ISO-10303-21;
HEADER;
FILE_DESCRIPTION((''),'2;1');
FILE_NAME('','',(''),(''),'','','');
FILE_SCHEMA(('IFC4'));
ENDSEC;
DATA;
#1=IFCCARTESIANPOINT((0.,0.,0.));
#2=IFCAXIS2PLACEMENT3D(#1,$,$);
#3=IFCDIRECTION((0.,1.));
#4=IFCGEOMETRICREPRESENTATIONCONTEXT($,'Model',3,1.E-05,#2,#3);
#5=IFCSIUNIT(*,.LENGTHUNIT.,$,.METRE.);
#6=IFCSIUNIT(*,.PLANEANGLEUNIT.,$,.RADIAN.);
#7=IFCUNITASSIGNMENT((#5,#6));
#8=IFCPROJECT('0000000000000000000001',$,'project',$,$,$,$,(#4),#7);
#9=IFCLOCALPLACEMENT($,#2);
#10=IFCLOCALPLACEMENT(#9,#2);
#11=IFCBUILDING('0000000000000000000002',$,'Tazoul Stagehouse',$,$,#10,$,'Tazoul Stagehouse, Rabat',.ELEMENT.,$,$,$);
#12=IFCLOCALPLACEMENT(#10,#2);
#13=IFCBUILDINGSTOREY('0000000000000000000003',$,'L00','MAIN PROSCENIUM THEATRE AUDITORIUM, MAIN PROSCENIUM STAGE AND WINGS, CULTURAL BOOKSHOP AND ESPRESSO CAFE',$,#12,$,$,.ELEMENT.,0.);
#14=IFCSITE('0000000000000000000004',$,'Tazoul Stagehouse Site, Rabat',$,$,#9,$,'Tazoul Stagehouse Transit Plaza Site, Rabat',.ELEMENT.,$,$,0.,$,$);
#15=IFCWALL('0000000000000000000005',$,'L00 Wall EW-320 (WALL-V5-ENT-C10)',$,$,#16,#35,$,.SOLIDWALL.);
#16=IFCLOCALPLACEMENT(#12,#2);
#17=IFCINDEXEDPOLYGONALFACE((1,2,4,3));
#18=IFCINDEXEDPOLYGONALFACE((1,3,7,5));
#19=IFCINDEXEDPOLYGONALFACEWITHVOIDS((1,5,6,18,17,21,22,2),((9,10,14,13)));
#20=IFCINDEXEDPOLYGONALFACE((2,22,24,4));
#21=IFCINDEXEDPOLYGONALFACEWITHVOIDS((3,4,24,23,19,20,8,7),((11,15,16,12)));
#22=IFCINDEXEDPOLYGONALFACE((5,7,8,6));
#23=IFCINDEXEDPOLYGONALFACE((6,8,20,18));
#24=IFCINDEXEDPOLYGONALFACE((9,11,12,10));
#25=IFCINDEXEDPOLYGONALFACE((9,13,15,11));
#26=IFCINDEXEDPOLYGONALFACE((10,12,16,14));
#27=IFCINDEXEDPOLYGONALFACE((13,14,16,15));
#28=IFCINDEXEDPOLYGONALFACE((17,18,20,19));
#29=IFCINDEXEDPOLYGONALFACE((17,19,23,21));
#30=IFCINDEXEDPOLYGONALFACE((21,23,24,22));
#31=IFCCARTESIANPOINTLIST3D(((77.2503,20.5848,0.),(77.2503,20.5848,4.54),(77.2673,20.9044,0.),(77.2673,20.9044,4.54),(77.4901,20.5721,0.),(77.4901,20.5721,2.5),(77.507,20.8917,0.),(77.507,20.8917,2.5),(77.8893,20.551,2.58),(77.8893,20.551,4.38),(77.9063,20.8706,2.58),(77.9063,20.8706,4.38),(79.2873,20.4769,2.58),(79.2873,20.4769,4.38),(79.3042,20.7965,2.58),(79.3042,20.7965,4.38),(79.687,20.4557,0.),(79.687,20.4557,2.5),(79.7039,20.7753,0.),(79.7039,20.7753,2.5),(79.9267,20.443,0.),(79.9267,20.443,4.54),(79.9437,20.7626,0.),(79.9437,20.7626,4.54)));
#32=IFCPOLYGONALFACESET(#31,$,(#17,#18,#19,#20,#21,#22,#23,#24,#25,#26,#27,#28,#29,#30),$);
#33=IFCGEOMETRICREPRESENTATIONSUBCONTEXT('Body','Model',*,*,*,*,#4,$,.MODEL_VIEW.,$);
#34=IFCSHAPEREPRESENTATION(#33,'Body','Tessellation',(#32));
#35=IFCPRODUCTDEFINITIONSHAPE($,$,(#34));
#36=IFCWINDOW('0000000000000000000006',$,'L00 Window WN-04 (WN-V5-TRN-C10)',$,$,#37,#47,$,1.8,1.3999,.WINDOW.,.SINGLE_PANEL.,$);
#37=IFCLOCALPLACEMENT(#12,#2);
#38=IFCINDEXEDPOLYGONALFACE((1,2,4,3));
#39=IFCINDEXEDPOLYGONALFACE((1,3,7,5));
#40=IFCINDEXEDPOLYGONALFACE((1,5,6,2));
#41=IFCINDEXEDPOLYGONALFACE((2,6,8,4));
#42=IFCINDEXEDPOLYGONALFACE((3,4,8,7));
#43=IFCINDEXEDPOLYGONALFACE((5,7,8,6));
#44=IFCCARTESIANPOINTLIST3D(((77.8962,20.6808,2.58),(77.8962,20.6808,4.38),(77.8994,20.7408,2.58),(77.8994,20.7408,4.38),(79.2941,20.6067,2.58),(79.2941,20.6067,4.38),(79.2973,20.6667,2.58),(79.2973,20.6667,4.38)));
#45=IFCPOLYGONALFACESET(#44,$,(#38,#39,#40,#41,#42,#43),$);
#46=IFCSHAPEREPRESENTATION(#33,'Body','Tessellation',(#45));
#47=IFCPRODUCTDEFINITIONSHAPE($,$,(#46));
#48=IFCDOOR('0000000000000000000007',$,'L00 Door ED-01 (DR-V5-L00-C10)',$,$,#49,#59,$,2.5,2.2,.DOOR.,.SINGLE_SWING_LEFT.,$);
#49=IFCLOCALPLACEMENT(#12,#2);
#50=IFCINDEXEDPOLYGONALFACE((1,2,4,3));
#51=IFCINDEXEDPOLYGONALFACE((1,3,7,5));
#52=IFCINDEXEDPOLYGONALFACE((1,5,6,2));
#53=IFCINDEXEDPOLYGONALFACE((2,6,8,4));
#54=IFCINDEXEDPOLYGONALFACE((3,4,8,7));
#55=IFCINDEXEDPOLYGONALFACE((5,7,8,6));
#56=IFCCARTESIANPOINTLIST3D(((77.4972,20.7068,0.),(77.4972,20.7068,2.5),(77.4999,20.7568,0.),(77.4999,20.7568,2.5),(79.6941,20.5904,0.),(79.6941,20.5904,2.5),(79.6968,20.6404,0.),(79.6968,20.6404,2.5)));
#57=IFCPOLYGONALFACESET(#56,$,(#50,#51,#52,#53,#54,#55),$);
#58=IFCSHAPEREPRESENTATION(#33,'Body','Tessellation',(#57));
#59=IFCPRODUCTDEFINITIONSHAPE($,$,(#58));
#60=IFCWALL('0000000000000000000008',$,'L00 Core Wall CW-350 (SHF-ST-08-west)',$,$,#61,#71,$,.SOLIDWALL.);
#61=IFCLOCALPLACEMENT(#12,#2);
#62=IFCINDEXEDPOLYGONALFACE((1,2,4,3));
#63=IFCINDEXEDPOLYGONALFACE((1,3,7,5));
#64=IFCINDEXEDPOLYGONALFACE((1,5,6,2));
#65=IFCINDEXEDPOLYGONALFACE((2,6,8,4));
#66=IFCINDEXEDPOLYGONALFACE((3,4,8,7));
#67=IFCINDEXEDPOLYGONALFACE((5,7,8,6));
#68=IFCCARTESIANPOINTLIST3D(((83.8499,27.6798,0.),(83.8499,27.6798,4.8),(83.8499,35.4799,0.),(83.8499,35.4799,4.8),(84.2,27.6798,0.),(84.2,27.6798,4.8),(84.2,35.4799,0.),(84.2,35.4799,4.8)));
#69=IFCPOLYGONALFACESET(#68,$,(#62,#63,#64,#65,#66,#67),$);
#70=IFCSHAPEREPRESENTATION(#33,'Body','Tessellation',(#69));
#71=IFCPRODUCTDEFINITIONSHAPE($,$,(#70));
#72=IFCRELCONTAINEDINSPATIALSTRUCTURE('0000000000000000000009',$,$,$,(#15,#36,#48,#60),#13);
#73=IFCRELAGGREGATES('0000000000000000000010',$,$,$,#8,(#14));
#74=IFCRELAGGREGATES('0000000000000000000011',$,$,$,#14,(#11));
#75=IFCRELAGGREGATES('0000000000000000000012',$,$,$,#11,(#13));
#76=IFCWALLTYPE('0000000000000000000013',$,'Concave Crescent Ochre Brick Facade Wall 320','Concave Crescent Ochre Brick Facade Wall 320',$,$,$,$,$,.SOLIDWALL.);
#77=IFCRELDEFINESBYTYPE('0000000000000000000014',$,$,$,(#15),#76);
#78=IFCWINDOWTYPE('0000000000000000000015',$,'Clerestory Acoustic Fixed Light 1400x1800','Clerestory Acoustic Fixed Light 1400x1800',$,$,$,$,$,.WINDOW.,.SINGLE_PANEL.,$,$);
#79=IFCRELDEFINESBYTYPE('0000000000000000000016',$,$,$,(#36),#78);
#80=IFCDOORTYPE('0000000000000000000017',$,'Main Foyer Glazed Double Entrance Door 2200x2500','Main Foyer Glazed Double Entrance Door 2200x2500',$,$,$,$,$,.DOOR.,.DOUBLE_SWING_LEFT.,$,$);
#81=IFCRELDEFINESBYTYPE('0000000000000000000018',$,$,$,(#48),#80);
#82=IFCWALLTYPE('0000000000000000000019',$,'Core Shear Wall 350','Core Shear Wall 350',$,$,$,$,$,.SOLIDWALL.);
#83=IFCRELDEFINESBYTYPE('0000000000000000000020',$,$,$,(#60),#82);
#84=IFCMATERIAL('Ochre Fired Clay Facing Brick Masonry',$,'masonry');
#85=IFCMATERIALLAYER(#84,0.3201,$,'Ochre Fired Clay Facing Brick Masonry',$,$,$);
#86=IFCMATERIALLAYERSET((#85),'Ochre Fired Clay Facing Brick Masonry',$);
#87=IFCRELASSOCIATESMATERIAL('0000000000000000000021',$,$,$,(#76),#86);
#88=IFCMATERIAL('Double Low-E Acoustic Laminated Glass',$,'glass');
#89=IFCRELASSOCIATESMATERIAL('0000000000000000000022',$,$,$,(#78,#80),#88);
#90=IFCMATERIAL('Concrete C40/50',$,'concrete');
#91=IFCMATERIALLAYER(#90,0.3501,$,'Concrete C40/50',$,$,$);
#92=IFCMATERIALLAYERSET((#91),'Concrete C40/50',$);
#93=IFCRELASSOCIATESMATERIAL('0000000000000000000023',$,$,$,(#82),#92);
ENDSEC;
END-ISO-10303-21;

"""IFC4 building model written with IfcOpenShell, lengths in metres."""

from ifc_helpers import new_model, si_unit, direction, frame, frame_2d, origin, place, context, subcontext, project, spatial, rectangle, extrude, material, layer, layer_set, type_object, element, fill, save


model = new_model("IFC4")

# Units and contexts
model_context = context("Model", 3, precision=1e-05, world=origin(), true_north=direction((0.0, 1.0)))
body_context = subcontext(model_context, "Body", "Model", "MODEL_VIEW")
ifc_project = project(units=[si_unit("LENGTHUNIT", "METRE"), si_unit("PLANEANGLEUNIT", "RADIAN")], contexts=[model_context])

# Site, building, storey
site_placement = place(None, origin())
site = spatial("IfcSite", under=ifc_project, at=site_placement, Name="Tazoul Stagehouse Site, Rabat", LongName="Tazoul Stagehouse Transit Plaza Site, Rabat", CompositionType="ELEMENT", RefElevation=0.0)
building_placement = place(site_placement, origin())
building = spatial("IfcBuilding", under=site, at=building_placement, Name="Tazoul Stagehouse", LongName="Tazoul Stagehouse, Rabat", CompositionType="ELEMENT")
storey_placement = place(building_placement, origin())
storey = spatial("IfcBuildingStorey", under=building, at=storey_placement, Name="L00", Description="MAIN PROSCENIUM THEATRE AUDITORIUM, MAIN PROSCENIUM STAGE AND WINGS, CULTURAL BOOKSHOP AND ESPRESSO CAFE", CompositionType="ELEMENT", Elevation=0.0)

# Shared definitions
ifc_material_1 = material(Name="Concrete C40/50", Category="concrete")

# Shared definitions
ifc_material_2 = material(Name="Double Low-E Acoustic Laminated Glass", Category="glass")

# Wall, openings, window, door
ifc_material_3 = material(Name="Ochre Fired Clay Facing Brick Masonry", Category="masonry")
ifc_layer_1 = layer(ifc_material_3, 0.3201, Name="Ochre Fired Clay Facing Brick Masonry")
ifc_layer_set_1 = layer_set([ifc_layer_1], Name="Ochre Fired Clay Facing Brick Masonry")
wall_type_1 = type_object("IfcWallType", Name="Concave Crescent Ochre Brick Facade Wall 320", Description="Concave Crescent Ochre Brick Facade Wall 320", PredefinedType="SOLIDWALL", material=ifc_layer_set_1)
wall_1_placement = place(storey_placement, frame((77.2588, 20.7446, 0.0), z_axis=(0.0, 0.0, 1.0), x_axis=(0.998599, -0.052922, 0.0)))
wall_1 = element("IfcWall", 1, at=wall_1_placement, inside=storey, type_object=wall_type_1, Name="L00 Wall EW-320 (WALL-V5-ENT-C10)", PredefinedType="SOLIDWALL", context=body_context, shape_type="SweptSolid", body=[
    extrude(rectangle(XDim=2.6802, YDim=0.3201, at=frame_2d((1.3401, 0.0))), origin(), (0.0, 0.0, 1.0), 4.54),
])
opening_1_placement = place(wall_1_placement, frame((0.6399, 0.0, 2.5801)))
opening_1 = element("IfcOpeningElement", 2, at=opening_1_placement, cuts=wall_1, PredefinedType="OPENING", context=body_context, shape_type="SweptSolid", body=[
    extrude(rectangle(XDim=1.3999, YDim=1.8, at=frame_2d((0.7, 0.8999))), frame((0.0, 0.1799, 0.0), z_axis=(0.0, -1.0, 0.0), x_axis=(1.0, 0.0, 0.0)), (0.0, 0.0, 1.0), 0.3601),
])
opening_2_placement = place(wall_1_placement, frame((0.24, 0.0, 0.0)))
opening_2 = element("IfcOpeningElement", 3, at=opening_2_placement, cuts=wall_1, PredefinedType="OPENING", context=body_context, shape_type="SweptSolid", body=[
    extrude(rectangle(XDim=2.2, YDim=2.5, at=frame_2d((1.1001, 1.25))), frame((0.0, 0.1799, 0.0), z_axis=(0.0, -1.0, 0.0), x_axis=(1.0, 0.0, 0.0)), (0.0, 0.0, 1.0), 0.3601),
])
window_type = type_object("IfcWindowType", Name="Clerestory Acoustic Fixed Light 1400x1800", Description="Clerestory Acoustic Fixed Light 1400x1800", PartitioningType="SINGLE_PANEL", PredefinedType="WINDOW", material=ifc_material_2)
window_placement = place(opening_1_placement, origin())
window = element("IfcWindow", 4, at=window_placement, inside=storey, type_object=window_type, Name="L00 Window WN-04 (WN-V5-TRN-C10)", OverallHeight=1.8, OverallWidth=1.3999, PartitioningType="SINGLE_PANEL", PredefinedType="WINDOW", context=body_context, shape_type="SweptSolid", body=[
    extrude(rectangle(XDim=1.3999, YDim=1.8, at=frame_2d((0.7, 0.8999))), frame((0.0, 0.03, 0.0), z_axis=(0.0, -1.0, 0.0), x_axis=(1.0, 0.0, 0.0)), (0.0, 0.0, 1.0), 0.0601),
])
fill(opening_1, window)
door_type_1 = type_object("IfcDoorType", Name="Main Foyer Glazed Double Entrance Door 2200x2500", Description="Main Foyer Glazed Double Entrance Door 2200x2500", OperationType="DOUBLE_SWING_LEFT", PredefinedType="DOOR", material=ifc_material_2)
door_1_placement = place(opening_2_placement, origin())
door_1 = element("IfcDoor", 5, at=door_1_placement, inside=storey, type_object=door_type_1, Name="L00 Door ED-01 (DR-V5-L00-C10)", OperationType="SINGLE_SWING_LEFT", OverallHeight=2.5, OverallWidth=2.2, PredefinedType="DOOR", context=body_context, shape_type="SweptSolid", body=[
    extrude(rectangle(XDim=2.2, YDim=2.5, at=frame_2d((1.1001, 1.25))), frame((0.0, 0.0249, 0.0), z_axis=(0.0, -1.0, 0.0), x_axis=(1.0, 0.0, 0.0)), (0.0, 0.0, 1.0), 0.05),
])
fill(opening_2, door_1)

# Shared definitions
ifc_layer_2 = layer(ifc_material_1, 0.3501, Name="Concrete C40/50")
ifc_layer_set_2 = layer_set([ifc_layer_2], Name="Concrete C40/50")
wall_type_2 = type_object("IfcWallType", Name="Core Shear Wall 350", Description="Core Shear Wall 350", PredefinedType="SOLIDWALL", material=ifc_layer_set_2)

# Wall
wall_2_placement = place(storey_placement, frame((84.0249, 27.6799, 0.0), z_axis=(0.0, 0.0, 1.0), x_axis=(0.0, 1.0, 0.0)))
element("IfcWall", 6, at=wall_2_placement, inside=storey, type_object=wall_type_2, Name="L00 Core Wall CW-350 (SHF-ST-08-west)", PredefinedType="SOLIDWALL", context=body_context, shape_type="SweptSolid", body=[
    extrude(rectangle(XDim=7.8, YDim=0.3501, at=frame_2d((3.8999, 0.0))), origin(), (0.0, 0.0, 1.0), 4.8),
])

save(model, "model.ifc")
